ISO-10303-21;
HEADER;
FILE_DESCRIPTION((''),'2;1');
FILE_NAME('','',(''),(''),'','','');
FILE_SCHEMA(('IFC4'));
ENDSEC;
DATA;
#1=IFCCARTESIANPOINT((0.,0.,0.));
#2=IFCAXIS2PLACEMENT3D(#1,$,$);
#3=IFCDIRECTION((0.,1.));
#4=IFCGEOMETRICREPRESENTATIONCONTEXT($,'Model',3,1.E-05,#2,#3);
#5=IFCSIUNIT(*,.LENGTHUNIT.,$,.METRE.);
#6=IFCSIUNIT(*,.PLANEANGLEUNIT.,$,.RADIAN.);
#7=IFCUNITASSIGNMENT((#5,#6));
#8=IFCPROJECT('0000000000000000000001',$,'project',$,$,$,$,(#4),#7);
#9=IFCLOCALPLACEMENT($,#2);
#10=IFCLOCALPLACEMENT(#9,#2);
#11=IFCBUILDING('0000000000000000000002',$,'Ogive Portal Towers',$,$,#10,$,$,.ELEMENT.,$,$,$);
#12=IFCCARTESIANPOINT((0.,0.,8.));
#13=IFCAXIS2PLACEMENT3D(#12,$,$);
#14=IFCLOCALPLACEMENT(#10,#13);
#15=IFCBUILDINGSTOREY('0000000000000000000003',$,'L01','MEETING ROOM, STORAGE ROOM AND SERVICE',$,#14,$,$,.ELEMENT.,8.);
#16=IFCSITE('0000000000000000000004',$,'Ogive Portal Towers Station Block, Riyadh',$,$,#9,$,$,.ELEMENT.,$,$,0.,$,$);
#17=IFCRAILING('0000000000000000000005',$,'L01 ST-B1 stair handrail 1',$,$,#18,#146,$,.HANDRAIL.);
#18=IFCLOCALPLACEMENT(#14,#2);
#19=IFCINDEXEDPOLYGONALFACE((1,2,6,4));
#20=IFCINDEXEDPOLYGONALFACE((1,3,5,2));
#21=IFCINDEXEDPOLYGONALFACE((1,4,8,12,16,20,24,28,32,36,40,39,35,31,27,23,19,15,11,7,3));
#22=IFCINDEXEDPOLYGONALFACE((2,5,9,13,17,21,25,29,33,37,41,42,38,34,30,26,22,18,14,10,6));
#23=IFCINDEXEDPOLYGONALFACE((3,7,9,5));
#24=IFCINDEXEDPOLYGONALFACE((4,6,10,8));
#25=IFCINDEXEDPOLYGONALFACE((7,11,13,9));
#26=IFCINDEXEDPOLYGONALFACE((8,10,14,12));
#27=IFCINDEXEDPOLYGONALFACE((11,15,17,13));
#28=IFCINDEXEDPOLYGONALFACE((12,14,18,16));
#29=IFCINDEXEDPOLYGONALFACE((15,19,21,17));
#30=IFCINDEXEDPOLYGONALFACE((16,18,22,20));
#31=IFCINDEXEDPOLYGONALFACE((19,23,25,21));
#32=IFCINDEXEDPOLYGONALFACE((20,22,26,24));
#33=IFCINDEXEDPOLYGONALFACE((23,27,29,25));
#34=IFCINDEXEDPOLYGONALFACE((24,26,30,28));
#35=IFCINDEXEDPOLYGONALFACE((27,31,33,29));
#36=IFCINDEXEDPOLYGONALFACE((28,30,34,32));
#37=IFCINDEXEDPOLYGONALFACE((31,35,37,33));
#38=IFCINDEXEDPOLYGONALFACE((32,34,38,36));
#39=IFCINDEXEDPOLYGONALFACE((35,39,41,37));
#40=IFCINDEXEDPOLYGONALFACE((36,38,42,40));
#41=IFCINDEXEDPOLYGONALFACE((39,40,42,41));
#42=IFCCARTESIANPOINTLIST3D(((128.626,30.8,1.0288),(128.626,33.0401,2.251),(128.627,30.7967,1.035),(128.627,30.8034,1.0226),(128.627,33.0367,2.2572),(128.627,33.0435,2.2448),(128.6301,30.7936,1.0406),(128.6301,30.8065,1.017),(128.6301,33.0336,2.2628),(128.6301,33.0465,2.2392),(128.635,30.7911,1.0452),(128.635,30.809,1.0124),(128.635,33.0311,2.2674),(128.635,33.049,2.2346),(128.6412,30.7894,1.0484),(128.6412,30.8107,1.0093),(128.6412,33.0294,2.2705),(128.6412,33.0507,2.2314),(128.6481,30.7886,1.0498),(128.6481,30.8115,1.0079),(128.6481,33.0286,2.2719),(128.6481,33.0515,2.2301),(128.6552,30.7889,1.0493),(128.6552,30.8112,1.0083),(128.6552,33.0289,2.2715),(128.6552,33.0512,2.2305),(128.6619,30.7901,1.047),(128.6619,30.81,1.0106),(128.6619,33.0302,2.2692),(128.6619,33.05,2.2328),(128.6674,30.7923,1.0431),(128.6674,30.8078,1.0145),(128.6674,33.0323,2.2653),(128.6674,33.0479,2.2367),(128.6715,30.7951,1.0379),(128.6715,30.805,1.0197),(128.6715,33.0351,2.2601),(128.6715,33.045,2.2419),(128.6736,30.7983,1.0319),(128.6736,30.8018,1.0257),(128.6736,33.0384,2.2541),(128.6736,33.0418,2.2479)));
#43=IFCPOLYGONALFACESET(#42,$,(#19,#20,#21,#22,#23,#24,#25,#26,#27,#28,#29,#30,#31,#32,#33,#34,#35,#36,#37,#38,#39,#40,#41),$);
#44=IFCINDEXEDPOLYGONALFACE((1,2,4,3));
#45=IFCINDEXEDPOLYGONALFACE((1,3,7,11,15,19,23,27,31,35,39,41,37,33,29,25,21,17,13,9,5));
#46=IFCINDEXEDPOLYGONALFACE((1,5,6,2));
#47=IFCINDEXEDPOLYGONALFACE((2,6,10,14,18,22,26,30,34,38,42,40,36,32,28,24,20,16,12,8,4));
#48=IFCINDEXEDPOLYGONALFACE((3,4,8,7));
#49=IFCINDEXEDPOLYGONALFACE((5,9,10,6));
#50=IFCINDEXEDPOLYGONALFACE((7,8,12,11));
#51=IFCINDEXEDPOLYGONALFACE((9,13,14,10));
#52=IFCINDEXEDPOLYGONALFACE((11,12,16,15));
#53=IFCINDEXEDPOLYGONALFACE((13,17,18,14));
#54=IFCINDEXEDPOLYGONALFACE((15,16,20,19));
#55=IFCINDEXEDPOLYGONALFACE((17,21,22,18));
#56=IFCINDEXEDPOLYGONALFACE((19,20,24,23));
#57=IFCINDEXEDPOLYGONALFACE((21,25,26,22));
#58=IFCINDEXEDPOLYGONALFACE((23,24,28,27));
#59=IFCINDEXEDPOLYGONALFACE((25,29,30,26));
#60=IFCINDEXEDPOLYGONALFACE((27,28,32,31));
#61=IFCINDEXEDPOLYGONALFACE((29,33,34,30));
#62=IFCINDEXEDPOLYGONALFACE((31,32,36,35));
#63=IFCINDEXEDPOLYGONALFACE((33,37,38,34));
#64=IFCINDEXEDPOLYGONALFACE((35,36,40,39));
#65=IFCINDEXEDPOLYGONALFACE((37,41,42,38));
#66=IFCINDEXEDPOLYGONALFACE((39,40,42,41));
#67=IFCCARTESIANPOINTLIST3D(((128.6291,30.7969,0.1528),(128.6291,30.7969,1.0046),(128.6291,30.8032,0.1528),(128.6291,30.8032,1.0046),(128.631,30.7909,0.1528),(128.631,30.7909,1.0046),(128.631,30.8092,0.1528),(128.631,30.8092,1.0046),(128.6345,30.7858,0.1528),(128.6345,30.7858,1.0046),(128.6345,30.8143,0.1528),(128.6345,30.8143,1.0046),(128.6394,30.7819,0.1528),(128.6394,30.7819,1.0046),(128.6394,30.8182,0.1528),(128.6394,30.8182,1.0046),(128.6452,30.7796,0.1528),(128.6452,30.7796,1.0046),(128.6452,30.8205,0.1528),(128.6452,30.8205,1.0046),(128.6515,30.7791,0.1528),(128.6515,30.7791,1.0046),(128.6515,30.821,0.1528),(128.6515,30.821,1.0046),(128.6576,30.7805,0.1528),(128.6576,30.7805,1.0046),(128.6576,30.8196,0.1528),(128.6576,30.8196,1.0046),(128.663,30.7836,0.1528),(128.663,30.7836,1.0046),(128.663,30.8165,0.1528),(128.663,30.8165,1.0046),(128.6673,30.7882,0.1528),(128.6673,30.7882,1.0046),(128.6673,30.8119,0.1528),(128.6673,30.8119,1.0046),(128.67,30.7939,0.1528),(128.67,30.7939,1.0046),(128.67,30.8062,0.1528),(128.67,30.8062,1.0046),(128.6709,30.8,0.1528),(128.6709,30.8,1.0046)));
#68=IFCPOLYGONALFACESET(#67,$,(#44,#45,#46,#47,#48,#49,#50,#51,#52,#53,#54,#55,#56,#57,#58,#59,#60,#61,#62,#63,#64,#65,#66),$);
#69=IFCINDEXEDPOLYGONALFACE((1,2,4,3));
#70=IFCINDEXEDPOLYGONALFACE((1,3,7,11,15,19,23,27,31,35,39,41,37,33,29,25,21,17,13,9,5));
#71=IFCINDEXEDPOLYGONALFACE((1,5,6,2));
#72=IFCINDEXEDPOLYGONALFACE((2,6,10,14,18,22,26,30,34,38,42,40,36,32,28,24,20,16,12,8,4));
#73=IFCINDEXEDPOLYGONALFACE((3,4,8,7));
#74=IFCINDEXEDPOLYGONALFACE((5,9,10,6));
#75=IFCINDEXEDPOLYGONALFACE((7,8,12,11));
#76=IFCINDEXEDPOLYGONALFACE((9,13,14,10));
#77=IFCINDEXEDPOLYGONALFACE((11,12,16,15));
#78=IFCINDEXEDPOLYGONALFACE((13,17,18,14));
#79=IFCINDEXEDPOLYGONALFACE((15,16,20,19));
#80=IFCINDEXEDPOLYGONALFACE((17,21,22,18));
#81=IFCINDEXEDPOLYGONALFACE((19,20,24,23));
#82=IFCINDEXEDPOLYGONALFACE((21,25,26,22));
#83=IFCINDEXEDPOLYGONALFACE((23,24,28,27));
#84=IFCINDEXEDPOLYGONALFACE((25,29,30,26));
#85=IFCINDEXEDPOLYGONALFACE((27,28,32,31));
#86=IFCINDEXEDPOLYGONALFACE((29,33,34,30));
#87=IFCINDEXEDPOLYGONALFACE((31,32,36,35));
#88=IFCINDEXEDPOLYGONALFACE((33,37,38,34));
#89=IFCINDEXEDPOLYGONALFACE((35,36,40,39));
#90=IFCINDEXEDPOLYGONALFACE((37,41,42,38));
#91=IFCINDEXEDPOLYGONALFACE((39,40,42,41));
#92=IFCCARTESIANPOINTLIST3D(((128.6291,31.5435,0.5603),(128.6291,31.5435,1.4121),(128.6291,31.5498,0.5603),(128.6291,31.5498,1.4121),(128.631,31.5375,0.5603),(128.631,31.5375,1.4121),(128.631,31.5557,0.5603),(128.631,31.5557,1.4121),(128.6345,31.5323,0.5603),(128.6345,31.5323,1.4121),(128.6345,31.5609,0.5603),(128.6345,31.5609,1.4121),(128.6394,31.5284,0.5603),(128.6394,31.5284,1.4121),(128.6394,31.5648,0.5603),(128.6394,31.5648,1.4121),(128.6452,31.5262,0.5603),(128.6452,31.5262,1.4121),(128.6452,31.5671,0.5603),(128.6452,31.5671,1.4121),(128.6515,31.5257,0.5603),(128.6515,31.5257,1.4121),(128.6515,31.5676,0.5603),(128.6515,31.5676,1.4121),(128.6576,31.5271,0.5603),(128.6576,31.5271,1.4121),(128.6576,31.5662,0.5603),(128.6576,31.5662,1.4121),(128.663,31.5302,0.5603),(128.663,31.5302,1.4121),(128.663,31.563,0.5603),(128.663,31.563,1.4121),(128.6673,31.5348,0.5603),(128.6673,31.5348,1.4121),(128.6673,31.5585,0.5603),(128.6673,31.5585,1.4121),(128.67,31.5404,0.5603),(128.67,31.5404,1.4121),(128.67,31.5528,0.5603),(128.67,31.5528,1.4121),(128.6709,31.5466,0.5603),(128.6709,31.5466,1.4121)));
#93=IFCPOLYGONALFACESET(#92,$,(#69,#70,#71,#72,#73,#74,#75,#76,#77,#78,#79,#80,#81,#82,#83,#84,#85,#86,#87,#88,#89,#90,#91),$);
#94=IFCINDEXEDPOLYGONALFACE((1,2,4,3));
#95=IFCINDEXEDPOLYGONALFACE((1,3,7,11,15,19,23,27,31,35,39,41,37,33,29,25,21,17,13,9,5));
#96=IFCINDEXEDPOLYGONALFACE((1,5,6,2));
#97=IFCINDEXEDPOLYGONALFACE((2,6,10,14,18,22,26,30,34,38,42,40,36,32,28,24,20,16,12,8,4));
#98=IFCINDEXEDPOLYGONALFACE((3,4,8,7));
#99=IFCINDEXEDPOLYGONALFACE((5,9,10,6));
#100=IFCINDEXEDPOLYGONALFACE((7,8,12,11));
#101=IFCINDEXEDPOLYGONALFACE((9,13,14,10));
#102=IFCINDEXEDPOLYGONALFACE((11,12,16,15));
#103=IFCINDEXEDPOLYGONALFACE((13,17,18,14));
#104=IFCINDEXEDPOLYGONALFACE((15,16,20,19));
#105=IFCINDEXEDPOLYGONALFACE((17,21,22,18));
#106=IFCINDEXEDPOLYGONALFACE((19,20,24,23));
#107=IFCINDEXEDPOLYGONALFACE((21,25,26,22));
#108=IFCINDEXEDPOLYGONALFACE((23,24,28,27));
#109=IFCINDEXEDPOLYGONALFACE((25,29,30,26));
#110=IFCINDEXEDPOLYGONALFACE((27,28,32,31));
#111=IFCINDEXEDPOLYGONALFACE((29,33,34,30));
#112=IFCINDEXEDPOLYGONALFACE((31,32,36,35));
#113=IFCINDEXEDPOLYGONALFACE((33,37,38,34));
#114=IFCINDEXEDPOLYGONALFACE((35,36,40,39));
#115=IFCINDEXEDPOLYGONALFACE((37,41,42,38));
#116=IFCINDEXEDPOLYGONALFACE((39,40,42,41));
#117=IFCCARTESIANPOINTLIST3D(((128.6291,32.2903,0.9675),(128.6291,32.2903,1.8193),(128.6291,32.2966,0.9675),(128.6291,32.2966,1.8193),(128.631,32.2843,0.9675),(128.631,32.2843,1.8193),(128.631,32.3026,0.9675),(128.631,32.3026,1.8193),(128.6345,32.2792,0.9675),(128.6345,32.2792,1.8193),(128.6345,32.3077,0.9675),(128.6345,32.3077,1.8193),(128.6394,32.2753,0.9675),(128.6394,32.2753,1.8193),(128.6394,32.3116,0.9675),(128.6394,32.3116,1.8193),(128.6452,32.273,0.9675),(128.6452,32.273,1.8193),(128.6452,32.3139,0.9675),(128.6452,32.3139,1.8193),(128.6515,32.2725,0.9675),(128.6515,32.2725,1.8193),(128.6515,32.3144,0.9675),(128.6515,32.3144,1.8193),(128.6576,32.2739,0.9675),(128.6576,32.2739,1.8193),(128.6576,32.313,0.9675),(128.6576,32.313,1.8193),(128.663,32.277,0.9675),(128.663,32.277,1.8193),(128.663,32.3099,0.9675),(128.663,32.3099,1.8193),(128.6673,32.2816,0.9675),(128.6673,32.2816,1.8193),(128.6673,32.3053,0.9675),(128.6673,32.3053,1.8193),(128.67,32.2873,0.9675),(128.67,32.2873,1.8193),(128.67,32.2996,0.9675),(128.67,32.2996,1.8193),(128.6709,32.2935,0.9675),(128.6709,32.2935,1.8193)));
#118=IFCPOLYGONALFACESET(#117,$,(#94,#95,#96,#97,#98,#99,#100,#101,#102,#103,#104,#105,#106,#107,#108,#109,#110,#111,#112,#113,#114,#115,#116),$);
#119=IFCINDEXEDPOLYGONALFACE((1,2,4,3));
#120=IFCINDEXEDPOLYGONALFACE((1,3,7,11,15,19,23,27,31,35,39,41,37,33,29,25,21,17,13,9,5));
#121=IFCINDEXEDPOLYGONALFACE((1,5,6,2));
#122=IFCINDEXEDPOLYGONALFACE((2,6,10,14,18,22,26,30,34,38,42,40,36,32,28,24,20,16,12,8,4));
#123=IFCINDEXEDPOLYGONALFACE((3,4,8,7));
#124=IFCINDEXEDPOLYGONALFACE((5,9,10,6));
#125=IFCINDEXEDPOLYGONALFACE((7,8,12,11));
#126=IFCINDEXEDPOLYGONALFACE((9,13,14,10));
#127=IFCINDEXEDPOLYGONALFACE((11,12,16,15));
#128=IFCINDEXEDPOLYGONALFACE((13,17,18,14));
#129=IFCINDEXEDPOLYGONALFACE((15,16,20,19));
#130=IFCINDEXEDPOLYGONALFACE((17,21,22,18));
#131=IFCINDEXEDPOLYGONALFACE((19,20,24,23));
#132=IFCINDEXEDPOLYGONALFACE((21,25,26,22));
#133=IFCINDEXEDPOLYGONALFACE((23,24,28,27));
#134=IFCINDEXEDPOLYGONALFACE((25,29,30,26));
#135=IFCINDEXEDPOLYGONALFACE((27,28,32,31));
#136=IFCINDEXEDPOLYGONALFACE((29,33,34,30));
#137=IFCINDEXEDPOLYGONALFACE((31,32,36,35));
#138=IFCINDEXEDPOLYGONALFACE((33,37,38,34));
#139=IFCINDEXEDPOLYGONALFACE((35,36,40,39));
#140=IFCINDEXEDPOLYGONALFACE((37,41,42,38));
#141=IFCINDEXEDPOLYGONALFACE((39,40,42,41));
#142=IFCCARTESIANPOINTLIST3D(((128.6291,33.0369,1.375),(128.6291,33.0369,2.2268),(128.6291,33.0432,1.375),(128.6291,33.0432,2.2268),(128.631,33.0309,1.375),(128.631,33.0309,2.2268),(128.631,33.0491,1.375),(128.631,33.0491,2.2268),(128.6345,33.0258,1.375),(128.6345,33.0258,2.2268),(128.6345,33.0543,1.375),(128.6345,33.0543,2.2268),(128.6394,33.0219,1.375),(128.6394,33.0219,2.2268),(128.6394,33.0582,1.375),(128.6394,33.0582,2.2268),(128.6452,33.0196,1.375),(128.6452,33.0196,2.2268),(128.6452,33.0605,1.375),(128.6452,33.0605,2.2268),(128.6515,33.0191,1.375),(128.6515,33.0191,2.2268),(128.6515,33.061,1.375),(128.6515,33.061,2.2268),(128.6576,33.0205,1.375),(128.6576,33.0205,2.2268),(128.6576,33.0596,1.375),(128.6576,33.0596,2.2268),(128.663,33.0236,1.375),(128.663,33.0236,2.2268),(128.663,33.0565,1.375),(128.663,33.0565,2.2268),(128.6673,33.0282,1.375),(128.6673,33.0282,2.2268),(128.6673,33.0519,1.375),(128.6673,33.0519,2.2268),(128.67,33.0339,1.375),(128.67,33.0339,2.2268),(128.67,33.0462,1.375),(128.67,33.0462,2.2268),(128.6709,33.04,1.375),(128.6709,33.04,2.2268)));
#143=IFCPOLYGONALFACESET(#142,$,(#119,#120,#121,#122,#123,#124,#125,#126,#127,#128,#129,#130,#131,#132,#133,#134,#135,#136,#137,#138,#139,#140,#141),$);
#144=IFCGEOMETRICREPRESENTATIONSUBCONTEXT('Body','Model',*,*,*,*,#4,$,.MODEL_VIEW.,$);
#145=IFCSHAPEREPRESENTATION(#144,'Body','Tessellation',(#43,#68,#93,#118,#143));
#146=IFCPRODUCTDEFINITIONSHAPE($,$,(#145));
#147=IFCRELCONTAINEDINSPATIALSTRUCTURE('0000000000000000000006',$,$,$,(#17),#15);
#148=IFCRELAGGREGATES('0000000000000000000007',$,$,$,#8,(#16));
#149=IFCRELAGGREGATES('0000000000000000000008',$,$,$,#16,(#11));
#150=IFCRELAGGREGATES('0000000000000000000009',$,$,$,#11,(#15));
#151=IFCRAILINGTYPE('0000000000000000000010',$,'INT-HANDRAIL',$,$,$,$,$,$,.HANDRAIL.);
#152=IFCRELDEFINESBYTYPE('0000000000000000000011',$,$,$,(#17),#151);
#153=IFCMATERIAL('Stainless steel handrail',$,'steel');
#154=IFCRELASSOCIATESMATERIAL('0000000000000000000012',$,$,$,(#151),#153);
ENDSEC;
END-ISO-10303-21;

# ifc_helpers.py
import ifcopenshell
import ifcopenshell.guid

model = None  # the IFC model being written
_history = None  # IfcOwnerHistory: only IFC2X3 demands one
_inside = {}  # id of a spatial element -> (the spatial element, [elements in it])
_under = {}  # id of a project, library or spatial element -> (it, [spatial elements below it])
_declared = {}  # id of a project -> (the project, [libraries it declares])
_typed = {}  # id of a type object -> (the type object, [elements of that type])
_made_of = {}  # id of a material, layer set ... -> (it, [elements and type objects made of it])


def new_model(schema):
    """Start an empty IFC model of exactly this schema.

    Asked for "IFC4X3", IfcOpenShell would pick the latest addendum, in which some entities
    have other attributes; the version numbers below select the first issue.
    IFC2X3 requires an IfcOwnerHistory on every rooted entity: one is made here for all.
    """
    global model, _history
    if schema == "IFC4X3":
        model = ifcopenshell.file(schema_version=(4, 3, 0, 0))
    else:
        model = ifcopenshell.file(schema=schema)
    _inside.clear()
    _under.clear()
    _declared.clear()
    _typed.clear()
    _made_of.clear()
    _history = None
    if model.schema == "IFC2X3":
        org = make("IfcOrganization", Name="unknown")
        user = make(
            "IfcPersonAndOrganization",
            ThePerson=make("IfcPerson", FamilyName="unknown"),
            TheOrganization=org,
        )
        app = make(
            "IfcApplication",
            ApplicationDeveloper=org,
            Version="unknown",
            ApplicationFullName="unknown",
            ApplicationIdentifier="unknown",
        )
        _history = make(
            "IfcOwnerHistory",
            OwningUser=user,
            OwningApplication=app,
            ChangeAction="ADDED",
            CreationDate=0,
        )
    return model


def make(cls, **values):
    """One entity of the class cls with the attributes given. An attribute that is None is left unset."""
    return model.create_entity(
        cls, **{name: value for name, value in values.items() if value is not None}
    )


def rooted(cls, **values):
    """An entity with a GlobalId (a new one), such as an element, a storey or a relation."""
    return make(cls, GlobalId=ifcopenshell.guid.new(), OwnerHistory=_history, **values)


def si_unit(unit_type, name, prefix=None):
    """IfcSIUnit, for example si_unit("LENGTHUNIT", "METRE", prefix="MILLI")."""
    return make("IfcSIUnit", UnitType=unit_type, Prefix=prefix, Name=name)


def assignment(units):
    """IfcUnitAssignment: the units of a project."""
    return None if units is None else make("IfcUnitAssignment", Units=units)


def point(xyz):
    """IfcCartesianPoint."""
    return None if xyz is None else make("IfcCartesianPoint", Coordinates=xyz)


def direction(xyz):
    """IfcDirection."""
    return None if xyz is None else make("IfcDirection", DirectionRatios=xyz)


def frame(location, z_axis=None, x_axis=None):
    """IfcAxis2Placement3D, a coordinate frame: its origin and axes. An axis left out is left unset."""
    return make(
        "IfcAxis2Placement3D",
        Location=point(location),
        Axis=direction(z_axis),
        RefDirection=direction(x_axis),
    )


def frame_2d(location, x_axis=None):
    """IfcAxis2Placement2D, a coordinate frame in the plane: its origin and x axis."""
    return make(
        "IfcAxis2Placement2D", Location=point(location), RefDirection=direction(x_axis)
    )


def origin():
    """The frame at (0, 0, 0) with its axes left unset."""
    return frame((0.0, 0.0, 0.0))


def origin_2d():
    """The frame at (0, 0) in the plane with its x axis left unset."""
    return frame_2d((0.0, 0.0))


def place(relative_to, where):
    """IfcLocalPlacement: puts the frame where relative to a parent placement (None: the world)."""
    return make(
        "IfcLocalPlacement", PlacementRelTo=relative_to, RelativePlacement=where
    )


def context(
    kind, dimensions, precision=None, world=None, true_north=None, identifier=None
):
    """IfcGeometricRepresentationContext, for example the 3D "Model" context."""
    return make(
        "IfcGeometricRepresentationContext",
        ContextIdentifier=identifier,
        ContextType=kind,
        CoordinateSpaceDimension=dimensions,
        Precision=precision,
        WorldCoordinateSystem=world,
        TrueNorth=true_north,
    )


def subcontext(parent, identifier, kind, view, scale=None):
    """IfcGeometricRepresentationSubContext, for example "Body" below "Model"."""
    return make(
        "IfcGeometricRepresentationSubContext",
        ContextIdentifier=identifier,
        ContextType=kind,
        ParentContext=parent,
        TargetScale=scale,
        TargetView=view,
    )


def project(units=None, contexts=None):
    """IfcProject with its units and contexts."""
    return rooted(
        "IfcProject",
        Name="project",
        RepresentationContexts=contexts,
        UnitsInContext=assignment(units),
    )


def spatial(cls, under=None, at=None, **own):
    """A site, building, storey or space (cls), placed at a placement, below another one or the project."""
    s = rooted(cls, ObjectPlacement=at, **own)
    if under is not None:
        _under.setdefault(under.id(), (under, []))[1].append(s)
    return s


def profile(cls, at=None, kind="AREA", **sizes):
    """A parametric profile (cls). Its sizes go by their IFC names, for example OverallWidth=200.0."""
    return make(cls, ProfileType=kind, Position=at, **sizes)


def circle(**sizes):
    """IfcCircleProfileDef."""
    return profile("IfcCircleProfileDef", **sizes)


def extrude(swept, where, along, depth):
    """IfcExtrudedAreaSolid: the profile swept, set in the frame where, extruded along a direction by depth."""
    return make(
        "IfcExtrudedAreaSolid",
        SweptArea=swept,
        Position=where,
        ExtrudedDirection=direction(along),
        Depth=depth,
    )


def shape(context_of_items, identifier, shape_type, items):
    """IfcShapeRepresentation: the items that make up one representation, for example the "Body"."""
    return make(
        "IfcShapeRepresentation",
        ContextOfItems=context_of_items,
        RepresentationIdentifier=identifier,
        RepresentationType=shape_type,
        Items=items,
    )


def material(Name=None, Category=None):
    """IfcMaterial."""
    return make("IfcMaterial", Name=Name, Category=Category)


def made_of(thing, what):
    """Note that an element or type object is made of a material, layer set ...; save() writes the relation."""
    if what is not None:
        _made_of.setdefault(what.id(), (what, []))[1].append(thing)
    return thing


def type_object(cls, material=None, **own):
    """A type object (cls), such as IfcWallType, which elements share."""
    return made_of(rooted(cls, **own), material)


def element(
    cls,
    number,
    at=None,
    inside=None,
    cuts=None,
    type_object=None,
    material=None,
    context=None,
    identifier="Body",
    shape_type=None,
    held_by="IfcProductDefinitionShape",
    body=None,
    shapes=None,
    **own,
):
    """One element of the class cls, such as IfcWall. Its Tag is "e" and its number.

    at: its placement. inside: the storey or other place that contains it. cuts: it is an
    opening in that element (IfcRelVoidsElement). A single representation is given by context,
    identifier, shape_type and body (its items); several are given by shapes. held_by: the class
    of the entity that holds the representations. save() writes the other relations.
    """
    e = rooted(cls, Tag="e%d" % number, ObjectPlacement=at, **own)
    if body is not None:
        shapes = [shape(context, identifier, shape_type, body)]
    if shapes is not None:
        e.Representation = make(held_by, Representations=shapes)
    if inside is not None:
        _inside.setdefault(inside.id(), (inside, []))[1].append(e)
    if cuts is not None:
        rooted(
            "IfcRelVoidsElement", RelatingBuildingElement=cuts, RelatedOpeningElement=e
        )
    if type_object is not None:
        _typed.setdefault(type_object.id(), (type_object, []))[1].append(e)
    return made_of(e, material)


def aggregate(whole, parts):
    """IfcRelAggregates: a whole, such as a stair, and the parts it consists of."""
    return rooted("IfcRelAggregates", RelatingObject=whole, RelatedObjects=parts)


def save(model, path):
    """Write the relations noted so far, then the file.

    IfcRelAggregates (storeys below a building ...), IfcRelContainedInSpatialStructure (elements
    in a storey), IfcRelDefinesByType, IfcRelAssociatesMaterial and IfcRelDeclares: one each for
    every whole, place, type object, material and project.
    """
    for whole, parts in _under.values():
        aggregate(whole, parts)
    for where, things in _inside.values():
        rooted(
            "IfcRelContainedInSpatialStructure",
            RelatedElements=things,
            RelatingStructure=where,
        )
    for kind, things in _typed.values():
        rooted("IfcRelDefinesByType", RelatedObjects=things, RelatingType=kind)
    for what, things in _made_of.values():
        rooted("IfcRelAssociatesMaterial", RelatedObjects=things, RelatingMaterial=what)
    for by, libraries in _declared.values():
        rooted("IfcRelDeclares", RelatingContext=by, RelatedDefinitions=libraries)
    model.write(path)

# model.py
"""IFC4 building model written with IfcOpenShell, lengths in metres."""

from ifc_helpers import new_model, si_unit, direction, frame, origin, origin_2d, place, context, subcontext, project, spatial, circle, extrude, material, type_object, element, save


model = new_model("IFC4")

# Units and contexts
model_context = context("Model", 3, precision=1e-05, world=origin(), true_north=direction((0.0, 1.0)))
body_context = subcontext(model_context, "Body", "Model", "MODEL_VIEW")
ifc_project = project(units=[si_unit("LENGTHUNIT", "METRE"), si_unit("PLANEANGLEUNIT", "RADIAN")], contexts=[model_context])

# Site, building, storey
site_placement = place(None, origin())
site = spatial("IfcSite", under=ifc_project, at=site_placement, Name="Ogive Portal Towers Station Block, Riyadh", CompositionType="ELEMENT", RefElevation=0.0)
building_placement = place(site_placement, origin())
building = spatial("IfcBuilding", under=site, at=building_placement, Name="Ogive Portal Towers", CompositionType="ELEMENT")
storey_placement = place(building_placement, frame((0.0, 0.0, 8.0)))
storey = spatial("IfcBuildingStorey", under=building, at=storey_placement, Name="L01", Description="MEETING ROOM, STORAGE ROOM AND SERVICE", CompositionType="ELEMENT", Elevation=8.0)

# Railing
ifc_material_1 = material(Name="Stainless steel handrail", Category="steel")
railing_type_1 = type_object("IfcRailingType", Name="INT-HANDRAIL", PredefinedType="HANDRAIL", material=ifc_material_1)
railing_1_placement = place(storey_placement, frame((128.6499, 30.8, 0.1528)))
element("IfcRailing", 1, at=railing_1_placement, inside=storey, type_object=railing_type_1, Name="L01 ST-B1 stair handrail 1", PredefinedType="HANDRAIL", context=body_context, shape_type="SweptSolid", body=[
    extrude(circle(Radius=0.0239, at=origin_2d()), frame((0.0, 0.0, 0.876), z_axis=(0.0, 0.877837, 0.478959), x_axis=(-1.0, 0.0, 0.0)), (0.0, 0.0, 1.0), 2.5518),
    extrude(circle(Radius=0.021, at=origin_2d()), origin(), (0.0, 0.0, 1.0), 0.8518),
    extrude(circle(Radius=0.021, at=origin_2d()), frame((0.0, 0.7466, 0.4075)), (0.0, 0.0, 1.0), 0.8518),
    extrude(circle(Radius=0.021, at=origin_2d()), frame((0.0, 1.4934, 0.8147)), (0.0, 0.0, 1.0), 0.8518),
    extrude(circle(Radius=0.021, at=origin_2d()), frame((0.0, 2.24, 1.2222)), (0.0, 0.0, 1.0), 0.8518),
])

save(model, "model.ifc")
